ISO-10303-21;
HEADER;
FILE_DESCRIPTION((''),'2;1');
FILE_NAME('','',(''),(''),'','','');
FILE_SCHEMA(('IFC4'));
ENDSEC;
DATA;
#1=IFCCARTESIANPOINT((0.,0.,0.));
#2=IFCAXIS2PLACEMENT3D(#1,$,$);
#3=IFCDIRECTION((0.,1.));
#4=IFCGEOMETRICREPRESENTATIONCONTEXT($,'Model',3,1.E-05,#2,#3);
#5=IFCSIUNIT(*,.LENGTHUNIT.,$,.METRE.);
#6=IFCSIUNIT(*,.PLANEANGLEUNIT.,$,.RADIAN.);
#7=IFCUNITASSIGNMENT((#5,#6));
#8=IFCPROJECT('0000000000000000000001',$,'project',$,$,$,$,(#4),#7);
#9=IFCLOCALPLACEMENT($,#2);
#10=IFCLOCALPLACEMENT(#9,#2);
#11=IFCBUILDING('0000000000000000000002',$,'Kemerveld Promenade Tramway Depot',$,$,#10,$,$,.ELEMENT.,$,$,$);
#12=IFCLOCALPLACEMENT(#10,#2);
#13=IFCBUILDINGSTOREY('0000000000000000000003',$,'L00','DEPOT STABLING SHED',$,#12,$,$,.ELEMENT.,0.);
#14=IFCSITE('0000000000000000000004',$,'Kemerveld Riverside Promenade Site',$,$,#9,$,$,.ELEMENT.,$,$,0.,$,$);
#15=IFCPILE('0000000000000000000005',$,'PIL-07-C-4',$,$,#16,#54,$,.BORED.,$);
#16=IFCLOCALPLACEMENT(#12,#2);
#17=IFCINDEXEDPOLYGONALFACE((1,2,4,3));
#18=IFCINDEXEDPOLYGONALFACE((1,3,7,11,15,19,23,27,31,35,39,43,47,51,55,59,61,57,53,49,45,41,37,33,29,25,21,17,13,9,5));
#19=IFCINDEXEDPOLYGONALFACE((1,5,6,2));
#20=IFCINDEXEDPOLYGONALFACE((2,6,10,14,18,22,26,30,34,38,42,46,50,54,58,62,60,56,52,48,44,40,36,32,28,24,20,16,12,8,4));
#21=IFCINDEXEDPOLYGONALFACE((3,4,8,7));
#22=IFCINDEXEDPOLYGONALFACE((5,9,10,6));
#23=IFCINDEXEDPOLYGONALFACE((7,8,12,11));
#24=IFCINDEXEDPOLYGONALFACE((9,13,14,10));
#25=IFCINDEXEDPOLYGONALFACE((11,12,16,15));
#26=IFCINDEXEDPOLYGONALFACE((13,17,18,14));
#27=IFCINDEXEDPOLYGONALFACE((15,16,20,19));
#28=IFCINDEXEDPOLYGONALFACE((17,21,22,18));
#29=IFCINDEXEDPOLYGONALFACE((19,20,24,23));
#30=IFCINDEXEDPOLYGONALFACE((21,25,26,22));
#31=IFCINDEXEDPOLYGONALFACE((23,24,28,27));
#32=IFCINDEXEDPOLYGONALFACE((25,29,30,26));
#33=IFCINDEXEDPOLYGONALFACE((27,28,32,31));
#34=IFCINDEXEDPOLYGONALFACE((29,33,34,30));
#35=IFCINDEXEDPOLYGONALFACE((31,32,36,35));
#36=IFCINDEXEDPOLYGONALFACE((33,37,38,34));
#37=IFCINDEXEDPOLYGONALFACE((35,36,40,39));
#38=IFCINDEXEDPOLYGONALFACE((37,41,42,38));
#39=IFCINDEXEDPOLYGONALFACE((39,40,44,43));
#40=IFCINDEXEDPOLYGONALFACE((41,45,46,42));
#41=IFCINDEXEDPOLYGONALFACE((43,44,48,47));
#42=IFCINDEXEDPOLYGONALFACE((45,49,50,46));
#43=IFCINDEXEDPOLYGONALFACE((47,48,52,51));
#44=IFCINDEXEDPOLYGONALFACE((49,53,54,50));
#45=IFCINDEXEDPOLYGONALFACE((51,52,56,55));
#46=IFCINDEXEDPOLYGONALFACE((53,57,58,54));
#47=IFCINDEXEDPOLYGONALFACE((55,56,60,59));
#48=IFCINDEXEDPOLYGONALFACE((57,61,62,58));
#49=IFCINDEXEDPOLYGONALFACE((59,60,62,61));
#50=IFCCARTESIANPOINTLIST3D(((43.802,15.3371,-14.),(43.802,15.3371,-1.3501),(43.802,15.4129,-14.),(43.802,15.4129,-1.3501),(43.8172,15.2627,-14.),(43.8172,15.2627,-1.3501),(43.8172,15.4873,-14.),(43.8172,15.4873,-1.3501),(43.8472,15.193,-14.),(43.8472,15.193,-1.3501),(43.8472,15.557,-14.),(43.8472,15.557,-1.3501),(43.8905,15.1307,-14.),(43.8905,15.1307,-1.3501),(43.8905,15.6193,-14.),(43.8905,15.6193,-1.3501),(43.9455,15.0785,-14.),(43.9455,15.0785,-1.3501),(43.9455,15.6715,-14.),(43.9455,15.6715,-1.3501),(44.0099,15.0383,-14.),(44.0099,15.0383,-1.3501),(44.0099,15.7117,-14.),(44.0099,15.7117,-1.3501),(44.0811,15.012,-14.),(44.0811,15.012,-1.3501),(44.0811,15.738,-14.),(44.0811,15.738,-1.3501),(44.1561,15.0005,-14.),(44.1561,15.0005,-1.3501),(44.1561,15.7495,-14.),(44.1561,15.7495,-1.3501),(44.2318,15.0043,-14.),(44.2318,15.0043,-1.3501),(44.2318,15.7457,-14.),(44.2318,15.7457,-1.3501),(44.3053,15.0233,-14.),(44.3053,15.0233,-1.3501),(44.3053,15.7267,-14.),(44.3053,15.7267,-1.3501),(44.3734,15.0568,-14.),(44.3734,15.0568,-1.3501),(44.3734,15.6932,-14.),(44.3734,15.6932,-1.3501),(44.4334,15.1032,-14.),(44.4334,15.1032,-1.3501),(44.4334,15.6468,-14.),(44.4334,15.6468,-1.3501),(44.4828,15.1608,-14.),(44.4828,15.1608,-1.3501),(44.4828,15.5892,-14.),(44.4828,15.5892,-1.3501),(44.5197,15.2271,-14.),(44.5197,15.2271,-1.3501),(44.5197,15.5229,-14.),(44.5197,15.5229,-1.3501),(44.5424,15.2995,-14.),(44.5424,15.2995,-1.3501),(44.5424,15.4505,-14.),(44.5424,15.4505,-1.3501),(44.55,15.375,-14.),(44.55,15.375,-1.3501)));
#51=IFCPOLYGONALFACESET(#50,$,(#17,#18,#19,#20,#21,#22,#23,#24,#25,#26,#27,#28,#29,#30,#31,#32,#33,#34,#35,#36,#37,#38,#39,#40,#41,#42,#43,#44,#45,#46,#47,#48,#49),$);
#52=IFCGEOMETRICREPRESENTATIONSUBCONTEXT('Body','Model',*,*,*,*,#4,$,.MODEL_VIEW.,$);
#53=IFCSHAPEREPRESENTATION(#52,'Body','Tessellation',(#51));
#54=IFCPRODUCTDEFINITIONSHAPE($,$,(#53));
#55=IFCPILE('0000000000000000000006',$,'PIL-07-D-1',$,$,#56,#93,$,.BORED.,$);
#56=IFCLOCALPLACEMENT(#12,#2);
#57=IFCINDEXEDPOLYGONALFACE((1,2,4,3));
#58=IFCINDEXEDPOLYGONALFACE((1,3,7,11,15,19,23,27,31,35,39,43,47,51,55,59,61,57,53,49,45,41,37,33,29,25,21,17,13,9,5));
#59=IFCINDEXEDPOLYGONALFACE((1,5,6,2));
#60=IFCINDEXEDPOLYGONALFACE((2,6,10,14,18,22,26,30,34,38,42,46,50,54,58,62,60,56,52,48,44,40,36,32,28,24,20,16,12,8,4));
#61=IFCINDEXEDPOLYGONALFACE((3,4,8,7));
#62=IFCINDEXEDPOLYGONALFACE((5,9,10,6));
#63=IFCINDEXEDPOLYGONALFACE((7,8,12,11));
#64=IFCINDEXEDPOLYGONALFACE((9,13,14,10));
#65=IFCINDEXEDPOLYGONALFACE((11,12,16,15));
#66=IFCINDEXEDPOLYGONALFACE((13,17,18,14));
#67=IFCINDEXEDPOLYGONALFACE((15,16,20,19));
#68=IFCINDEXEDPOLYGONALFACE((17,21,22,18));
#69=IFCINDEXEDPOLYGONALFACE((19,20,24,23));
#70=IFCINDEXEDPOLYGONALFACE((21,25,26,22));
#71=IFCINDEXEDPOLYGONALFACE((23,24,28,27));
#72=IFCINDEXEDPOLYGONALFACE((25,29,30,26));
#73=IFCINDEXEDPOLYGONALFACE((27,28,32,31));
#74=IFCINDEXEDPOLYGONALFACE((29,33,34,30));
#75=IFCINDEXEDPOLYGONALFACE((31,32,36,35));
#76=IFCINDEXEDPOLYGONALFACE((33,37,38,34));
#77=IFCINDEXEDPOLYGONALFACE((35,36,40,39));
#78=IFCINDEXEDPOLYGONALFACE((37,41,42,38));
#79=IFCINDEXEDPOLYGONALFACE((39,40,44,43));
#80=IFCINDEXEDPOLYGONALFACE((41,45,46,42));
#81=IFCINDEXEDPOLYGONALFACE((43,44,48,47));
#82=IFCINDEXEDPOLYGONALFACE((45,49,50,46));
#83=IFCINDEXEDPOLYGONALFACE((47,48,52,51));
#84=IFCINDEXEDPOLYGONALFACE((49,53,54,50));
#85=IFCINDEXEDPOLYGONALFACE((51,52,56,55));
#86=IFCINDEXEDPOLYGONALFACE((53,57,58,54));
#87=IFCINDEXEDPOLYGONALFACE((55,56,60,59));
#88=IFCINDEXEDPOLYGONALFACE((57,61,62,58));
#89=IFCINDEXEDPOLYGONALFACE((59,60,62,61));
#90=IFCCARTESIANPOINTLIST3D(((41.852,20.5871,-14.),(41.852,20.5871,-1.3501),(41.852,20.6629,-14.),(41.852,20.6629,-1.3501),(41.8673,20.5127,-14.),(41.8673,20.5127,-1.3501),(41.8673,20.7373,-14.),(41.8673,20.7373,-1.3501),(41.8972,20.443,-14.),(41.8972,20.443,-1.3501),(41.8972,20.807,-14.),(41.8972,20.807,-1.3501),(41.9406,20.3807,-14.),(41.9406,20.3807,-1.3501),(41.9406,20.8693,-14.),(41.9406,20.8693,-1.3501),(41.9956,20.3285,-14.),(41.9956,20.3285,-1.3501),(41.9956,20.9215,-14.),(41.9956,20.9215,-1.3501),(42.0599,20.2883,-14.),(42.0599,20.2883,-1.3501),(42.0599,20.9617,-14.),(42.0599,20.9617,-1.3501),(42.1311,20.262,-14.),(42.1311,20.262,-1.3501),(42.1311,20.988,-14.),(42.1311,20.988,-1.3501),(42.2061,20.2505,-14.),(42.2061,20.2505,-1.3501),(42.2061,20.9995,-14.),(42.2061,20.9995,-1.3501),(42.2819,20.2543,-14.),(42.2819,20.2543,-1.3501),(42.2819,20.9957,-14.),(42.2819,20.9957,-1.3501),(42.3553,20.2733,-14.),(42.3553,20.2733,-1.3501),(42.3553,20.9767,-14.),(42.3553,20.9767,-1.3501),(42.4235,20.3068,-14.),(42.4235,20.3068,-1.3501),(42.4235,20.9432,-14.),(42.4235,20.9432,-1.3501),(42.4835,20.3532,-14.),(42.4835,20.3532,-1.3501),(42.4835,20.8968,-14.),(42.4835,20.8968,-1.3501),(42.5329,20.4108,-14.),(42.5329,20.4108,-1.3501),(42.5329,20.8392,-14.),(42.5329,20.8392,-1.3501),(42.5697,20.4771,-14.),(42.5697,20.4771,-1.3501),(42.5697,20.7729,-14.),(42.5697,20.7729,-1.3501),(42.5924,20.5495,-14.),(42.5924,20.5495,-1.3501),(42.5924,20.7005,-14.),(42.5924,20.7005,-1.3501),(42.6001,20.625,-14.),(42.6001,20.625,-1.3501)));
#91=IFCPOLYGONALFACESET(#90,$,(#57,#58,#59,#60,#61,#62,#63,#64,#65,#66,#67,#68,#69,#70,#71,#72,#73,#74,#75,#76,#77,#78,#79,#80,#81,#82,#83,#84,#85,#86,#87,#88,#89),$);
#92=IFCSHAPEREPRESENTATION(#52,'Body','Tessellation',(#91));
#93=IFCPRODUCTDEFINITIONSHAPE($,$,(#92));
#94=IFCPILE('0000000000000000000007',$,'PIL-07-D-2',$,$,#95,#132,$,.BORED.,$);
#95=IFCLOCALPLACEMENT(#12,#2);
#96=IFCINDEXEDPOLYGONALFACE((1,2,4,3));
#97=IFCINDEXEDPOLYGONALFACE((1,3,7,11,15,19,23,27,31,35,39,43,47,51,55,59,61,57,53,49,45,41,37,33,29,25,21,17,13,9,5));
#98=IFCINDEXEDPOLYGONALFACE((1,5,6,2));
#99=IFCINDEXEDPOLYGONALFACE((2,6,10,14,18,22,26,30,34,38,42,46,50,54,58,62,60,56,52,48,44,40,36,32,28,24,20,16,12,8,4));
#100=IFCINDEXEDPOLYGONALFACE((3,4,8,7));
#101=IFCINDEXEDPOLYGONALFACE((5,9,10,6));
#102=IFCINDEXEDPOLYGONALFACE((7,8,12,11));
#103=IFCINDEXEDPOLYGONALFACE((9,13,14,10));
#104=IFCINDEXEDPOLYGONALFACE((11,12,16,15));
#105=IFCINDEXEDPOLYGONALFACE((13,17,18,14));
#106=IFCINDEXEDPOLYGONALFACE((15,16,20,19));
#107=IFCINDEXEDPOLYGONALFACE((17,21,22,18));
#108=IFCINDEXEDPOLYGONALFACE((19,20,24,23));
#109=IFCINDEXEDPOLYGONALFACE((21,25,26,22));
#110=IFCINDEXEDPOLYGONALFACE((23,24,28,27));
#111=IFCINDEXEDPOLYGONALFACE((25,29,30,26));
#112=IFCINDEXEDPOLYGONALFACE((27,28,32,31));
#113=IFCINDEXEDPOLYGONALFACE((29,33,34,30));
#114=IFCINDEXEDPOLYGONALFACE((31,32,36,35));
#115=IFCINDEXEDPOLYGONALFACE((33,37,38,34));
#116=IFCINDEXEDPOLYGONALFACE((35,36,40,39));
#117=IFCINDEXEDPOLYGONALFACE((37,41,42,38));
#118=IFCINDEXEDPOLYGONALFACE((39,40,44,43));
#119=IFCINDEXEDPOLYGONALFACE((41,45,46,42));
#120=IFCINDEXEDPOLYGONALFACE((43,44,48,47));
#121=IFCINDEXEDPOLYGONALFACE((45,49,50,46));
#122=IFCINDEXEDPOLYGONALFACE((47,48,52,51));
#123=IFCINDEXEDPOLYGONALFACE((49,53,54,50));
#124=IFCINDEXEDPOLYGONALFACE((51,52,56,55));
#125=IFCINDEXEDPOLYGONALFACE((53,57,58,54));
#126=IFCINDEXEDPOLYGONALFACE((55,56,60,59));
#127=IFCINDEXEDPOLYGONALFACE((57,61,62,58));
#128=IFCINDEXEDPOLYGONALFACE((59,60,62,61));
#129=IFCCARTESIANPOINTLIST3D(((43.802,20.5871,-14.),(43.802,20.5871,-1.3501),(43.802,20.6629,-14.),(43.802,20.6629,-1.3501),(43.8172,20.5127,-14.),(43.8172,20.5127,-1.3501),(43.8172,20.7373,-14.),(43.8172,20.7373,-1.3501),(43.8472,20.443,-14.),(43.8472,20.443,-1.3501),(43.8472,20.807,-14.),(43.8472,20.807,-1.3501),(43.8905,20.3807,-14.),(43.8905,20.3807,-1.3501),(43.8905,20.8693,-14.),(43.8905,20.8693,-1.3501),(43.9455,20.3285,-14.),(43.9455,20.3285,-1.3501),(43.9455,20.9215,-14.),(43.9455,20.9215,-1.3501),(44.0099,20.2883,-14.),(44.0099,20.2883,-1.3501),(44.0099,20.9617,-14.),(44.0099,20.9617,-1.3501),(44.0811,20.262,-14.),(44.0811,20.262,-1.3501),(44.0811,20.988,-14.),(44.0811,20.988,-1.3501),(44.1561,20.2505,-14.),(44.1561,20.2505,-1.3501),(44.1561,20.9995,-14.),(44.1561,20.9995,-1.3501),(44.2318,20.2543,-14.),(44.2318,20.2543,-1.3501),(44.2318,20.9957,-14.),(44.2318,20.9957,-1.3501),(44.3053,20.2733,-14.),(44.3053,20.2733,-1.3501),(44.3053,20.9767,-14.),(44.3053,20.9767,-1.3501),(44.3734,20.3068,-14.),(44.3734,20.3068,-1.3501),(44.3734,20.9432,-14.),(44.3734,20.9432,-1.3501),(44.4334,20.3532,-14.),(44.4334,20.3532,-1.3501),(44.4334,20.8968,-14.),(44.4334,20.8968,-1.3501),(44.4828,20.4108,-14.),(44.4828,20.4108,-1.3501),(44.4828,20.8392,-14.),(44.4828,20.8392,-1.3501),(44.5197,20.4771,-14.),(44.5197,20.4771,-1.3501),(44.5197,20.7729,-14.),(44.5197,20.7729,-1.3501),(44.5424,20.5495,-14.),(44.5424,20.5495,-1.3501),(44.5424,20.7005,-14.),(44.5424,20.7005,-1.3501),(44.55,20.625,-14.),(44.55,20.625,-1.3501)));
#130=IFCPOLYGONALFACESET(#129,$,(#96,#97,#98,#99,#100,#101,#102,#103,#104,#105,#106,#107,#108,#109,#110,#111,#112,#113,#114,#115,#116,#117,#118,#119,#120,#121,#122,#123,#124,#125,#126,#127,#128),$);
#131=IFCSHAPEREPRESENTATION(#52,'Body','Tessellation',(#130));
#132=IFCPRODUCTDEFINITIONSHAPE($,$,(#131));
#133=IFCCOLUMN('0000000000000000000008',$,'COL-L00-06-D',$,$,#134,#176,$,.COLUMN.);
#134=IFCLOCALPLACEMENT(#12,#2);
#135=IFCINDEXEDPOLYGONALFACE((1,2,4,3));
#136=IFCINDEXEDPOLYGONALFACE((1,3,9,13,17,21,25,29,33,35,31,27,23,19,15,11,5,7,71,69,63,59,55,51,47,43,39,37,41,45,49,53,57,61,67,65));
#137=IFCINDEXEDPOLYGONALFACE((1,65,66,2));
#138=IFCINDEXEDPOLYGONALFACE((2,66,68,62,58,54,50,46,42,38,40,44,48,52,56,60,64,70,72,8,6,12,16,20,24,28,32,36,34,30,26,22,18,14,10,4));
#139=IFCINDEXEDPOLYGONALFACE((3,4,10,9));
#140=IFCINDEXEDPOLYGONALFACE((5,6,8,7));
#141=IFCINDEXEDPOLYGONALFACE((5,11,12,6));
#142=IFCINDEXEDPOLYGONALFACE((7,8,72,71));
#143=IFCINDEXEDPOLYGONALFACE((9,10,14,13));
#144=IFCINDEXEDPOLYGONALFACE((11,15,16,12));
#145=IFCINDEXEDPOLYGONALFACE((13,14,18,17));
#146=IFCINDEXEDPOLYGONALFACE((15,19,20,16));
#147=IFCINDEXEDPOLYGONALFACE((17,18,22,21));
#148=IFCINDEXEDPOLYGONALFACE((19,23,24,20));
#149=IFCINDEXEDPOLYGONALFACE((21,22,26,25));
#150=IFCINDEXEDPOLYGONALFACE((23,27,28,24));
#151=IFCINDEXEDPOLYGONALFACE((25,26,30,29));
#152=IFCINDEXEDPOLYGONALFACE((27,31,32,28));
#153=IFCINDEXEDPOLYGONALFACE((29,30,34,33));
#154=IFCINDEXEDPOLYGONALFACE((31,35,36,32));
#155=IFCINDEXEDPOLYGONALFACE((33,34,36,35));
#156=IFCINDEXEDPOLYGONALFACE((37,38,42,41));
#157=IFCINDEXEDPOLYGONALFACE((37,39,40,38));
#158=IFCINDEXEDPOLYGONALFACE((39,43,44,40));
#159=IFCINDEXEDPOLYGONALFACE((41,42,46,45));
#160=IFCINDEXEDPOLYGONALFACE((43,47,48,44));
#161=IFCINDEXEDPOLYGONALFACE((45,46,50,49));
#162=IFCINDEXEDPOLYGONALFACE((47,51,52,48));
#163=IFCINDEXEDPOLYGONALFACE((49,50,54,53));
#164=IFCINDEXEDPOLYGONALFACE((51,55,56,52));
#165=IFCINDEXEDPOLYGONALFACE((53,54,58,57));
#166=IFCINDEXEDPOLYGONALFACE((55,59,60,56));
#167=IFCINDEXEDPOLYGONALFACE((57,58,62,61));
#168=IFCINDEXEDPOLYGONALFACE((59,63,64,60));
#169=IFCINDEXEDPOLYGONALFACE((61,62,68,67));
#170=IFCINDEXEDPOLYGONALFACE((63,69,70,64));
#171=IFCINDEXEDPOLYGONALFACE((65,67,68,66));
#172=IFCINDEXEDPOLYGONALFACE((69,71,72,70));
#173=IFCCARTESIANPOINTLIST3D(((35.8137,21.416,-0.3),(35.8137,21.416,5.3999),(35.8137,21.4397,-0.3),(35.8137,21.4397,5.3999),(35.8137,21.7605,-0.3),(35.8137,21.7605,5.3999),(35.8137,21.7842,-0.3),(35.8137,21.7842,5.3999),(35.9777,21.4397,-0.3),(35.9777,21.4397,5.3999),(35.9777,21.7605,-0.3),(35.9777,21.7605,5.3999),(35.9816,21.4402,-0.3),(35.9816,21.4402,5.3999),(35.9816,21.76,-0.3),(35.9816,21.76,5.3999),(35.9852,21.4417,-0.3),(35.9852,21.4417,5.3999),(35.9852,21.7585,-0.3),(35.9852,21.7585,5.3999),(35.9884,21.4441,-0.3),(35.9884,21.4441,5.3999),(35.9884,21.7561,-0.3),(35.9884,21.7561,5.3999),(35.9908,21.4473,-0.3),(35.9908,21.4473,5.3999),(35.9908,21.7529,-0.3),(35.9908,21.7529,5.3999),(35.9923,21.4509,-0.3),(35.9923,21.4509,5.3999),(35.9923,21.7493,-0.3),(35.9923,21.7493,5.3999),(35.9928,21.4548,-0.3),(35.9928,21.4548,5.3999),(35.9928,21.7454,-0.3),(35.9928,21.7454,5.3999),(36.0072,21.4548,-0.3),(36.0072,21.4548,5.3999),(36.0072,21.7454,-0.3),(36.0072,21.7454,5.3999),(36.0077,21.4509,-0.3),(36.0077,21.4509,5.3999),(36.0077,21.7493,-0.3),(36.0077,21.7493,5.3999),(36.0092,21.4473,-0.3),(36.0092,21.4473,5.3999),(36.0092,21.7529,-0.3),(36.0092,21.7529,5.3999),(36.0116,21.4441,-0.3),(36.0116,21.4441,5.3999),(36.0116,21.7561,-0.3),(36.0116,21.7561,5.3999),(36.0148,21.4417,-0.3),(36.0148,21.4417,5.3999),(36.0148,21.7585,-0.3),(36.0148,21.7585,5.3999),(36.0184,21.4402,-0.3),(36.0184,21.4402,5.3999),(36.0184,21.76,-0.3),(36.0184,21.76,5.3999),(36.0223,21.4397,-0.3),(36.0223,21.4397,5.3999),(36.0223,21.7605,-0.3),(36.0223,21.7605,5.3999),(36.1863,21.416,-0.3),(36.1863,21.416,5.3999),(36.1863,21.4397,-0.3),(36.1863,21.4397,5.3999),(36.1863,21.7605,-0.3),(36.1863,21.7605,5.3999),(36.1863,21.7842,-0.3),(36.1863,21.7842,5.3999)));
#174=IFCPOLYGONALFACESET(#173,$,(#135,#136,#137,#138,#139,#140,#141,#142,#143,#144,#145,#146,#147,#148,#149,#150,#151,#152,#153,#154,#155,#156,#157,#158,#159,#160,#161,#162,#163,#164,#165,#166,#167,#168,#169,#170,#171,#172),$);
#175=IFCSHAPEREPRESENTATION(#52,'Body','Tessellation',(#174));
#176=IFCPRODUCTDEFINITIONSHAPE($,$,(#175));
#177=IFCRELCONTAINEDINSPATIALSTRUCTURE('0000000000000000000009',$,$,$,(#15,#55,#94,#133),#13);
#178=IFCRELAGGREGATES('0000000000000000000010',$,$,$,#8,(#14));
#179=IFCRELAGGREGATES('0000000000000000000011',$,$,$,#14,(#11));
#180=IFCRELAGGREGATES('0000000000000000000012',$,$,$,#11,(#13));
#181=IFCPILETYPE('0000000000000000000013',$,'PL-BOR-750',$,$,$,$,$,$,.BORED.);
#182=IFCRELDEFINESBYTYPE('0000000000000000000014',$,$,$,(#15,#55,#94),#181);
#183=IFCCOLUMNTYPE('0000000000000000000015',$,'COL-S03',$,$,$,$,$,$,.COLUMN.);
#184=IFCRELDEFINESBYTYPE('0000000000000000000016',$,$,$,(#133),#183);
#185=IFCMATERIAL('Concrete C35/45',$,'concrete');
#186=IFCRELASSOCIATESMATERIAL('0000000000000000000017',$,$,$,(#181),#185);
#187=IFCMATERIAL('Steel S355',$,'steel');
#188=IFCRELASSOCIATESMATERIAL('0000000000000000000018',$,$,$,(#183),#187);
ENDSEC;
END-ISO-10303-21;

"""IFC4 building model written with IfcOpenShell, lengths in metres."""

from ifc_helpers import new_model, si_unit, direction, frame, origin, origin_2d, place, context, subcontext, project, spatial, circle, i_section, extrude, material, material_profile, profile_set, type_object, element, save


model = new_model("IFC4")

# Units and contexts
model_context = context("Model", 3, precision=1e-05, world=origin(), true_north=direction((0.0, 1.0)))
body_context = subcontext(model_context, "Body", "Model", "MODEL_VIEW")
ifc_project = project(units=[si_unit("LENGTHUNIT", "METRE"), si_unit("PLANEANGLEUNIT", "RADIAN")], contexts=[model_context])

# Site, building, storey
site_placement = place(None, origin())
site = spatial("IfcSite", under=ifc_project, at=site_placement, Name="Kemerveld Riverside Promenade Site", CompositionType="ELEMENT", RefElevation=0.0)
building_placement = place(site_placement, origin())
building = spatial("IfcBuilding", under=site, at=building_placement, Name="Kemerveld Promenade Tramway Depot", CompositionType="ELEMENT")
storey_placement = place(building_placement, origin())
storey = spatial("IfcBuildingStorey", under=building, at=storey_placement, Name="L00", Description="DEPOT STABLING SHED", CompositionType="ELEMENT", Elevation=0.0)

# Shared definitions
ifc_material_1 = material(Name="Concrete C35/45", Category="concrete")

# Piles
ifc_material_profile_1 = material_profile(ifc_material_1, circle(Radius=0.375, at=origin_2d()), Name="PILE-D750")
ifc_profile_set_1 = profile_set([ifc_material_profile_1], Name="Concrete C35/45")
pile_type = type_object("IfcPileType", Name="PL-BOR-750", PredefinedType="BORED", material=ifc_profile_set_1)
for number, where, z_axis, x_axis, name in (
    (1, (44.175, 15.375, -1.3501), (0.0, 0.0, -1.0), (1.0, 0.0, 0.0), "PIL-07-C-4"),
    (2, (42.2251, 20.625, -1.3501), (0.0, 0.0, -1.0), (1.0, 0.0, 0.0), "PIL-07-D-1"),
    (3, (44.175, 20.625, -1.3501), (0.0, 0.0, -1.0), (1.0, 0.0, 0.0), "PIL-07-D-2"),
):
    element("IfcPile", number, at=place(storey_placement, frame(where, z_axis=z_axis, x_axis=x_axis)), inside=storey, type_object=pile_type, Name=name, PredefinedType="BORED", context=body_context, shape_type="SweptSolid", body=[
        extrude(circle(Radius=0.375, at=origin_2d()), origin(), (0.0, 0.0, 1.0), 12.6499),
    ])

# Column
ifc_material_2 = material(Name="Steel S355", Category="steel")
ifc_material_profile_2 = material_profile(ifc_material_2, i_section(OverallWidth=0.3726, OverallDepth=0.3682, WebThickness=0.0144, FlangeThickness=0.0237, FilletRadius=0.0151, at=origin_2d()), Name="356x368x177 UC")
ifc_profile_set_2 = profile_set([ifc_material_profile_2], Name="Steel S355")
column_type = type_object("IfcColumnType", Name="COL-S03", PredefinedType="COLUMN", material=ifc_profile_set_2)
for number, where, z_axis, x_axis, name in (
    (4, (36.0, 21.6001, -0.3), (0.0, 0.0, 1.0), (1.0, 0.0, 0.0), "COL-L00-06-D"),
):
    element("IfcColumn", number, at=place(storey_placement, frame(where, z_axis=z_axis, x_axis=x_axis)), inside=storey, type_object=column_type, Name=name, PredefinedType="COLUMN", context=body_context, shape_type="SweptSolid", body=[
        extrude(i_section(OverallWidth=0.3726, OverallDepth=0.3682, WebThickness=0.0144, FlangeThickness=0.0237, FilletRadius=0.0151, at=origin_2d()), origin(), (0.0, 0.0, 1.0), 5.7),
    ])

save(model, "model.ifc")
